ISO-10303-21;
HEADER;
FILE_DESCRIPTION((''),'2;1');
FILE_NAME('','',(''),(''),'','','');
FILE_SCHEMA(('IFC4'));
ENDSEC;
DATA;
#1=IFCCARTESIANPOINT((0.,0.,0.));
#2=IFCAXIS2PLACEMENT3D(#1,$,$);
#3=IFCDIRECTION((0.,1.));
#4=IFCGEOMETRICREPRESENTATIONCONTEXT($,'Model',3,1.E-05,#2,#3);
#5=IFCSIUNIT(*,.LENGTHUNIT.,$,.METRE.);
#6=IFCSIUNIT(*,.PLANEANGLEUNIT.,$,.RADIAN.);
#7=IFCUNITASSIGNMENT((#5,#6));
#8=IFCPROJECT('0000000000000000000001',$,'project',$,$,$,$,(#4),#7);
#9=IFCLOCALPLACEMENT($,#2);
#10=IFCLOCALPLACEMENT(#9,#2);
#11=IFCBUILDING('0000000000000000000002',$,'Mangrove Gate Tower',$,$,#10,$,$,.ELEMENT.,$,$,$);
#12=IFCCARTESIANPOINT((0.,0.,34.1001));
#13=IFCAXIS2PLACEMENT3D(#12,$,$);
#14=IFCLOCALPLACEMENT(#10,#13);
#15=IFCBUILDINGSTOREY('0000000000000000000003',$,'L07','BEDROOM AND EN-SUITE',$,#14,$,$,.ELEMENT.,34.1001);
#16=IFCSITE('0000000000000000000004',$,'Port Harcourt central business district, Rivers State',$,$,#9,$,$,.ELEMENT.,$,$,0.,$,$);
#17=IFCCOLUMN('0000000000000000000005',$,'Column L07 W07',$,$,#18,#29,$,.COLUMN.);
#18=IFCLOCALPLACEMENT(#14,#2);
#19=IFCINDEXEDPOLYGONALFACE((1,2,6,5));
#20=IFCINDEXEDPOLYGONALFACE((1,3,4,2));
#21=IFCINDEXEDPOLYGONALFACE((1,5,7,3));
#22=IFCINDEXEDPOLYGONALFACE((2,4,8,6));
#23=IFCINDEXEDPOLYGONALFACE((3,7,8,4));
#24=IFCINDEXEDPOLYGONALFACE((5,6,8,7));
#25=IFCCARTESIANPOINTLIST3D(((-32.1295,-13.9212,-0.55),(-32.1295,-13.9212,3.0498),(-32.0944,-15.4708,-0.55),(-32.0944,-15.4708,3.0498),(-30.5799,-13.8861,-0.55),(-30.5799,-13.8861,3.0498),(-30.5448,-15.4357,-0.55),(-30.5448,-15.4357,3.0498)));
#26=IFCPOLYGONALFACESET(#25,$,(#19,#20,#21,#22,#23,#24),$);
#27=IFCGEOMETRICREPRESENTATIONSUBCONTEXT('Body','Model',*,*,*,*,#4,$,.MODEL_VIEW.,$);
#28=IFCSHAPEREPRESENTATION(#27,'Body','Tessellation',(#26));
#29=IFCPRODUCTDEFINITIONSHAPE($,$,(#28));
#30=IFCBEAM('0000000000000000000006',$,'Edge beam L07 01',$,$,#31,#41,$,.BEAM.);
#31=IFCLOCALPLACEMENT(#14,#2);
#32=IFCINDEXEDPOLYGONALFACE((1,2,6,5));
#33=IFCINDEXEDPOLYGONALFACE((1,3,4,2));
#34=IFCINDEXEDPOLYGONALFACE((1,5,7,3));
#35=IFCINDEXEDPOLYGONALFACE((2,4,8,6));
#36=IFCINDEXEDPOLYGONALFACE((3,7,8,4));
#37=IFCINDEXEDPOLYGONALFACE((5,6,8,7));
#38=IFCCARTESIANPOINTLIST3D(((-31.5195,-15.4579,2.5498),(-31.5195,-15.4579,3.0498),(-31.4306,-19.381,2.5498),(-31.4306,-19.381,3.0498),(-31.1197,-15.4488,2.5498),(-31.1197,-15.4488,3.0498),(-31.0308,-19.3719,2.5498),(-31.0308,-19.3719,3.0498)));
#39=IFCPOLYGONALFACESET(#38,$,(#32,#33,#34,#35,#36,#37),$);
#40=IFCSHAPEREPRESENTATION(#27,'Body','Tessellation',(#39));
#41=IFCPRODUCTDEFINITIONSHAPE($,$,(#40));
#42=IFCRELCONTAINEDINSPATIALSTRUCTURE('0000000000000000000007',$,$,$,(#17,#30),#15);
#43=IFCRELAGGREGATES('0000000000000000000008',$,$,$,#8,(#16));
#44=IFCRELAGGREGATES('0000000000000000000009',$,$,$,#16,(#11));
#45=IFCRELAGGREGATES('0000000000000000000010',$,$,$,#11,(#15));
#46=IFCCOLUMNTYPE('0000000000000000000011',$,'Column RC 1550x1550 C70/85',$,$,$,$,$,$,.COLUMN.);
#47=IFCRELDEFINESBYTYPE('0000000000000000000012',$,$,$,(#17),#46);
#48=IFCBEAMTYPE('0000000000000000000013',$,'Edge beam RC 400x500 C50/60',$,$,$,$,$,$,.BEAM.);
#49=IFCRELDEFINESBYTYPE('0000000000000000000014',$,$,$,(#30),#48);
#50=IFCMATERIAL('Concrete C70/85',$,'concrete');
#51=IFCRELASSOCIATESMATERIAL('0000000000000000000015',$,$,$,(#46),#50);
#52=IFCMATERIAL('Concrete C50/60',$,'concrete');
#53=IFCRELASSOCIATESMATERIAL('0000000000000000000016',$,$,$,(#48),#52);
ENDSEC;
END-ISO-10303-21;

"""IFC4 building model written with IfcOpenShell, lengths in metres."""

from ifc_helpers import new_model, si_unit, direction, frame, origin, origin_2d, place, context, subcontext, project, spatial, rectangle, extrude, material, material_profile, profile_set, type_object, element, save


model = new_model("IFC4")

# Units and contexts
model_context = context("Model", 3, precision=1e-05, world=origin(), true_north=direction((0.0, 1.0)))
body_context = subcontext(model_context, "Body", "Model", "MODEL_VIEW")
ifc_project = project(units=[si_unit("LENGTHUNIT", "METRE"), si_unit("PLANEANGLEUNIT", "RADIAN")], contexts=[model_context])

# Site, building, storey
site_placement = place(None, origin())
site = spatial("IfcSite", under=ifc_project, at=site_placement, Name="Port Harcourt central business district, Rivers State", CompositionType="ELEMENT", RefElevation=0.0)
building_placement = place(site_placement, origin())
building = spatial("IfcBuilding", under=site, at=building_placement, Name="Mangrove Gate Tower", CompositionType="ELEMENT")
storey_placement = place(building_placement, frame((0.0, 0.0, 34.1001)))
storey = spatial("IfcBuildingStorey", under=building, at=storey_placement, Name="L07", Description="BEDROOM AND EN-SUITE", CompositionType="ELEMENT", Elevation=34.1001)

# Column
ifc_material_1 = material(Name="Concrete C70/85", Category="concrete")
ifc_material_profile_1 = material_profile(ifc_material_1, rectangle(XDim=1.55, YDim=1.55, at=origin_2d()))
ifc_profile_set_1 = profile_set([ifc_material_profile_1], Name="Concrete C70/85")
column_type = type_object("IfcColumnType", Name="Column RC 1550x1550 C70/85", PredefinedType="COLUMN", material=ifc_profile_set_1)
column_placement = place(storey_placement, frame((-31.3372, -14.6785, -0.55), z_axis=(0.0, 0.0, 1.0), x_axis=(0.022649, -0.999743, 0.0)))
element("IfcColumn", 1, at=column_placement, inside=storey, type_object=column_type, Name="Column L07 W07", PredefinedType="COLUMN", context=body_context, shape_type="SweptSolid", body=[
    extrude(rectangle(XDim=1.55, YDim=1.55, at=origin_2d()), origin(), (0.0, 0.0, 1.0), 3.5999),
])

# Beam
ifc_material_2 = material(Name="Concrete C50/60", Category="concrete")
ifc_material_profile_2 = material_profile(ifc_material_2, rectangle(XDim=0.3999, YDim=0.5, at=origin_2d()))
ifc_profile_set_2 = profile_set([ifc_material_profile_2], Name="Concrete C50/60")
beam_type = type_object("IfcBeamType", Name="Edge beam RC 400x500 C50/60", PredefinedType="BEAM", material=ifc_profile_set_2)
beam_placement = place(storey_placement, frame((-31.3196, -15.4534, 2.7998), z_axis=(0.022647, -0.999744, 0.0), x_axis=(0.999744, 0.022647, 0.0)))
element("IfcBeam", 2, at=beam_placement, inside=storey, type_object=beam_type, Name="Edge beam L07 01", PredefinedType="BEAM", context=body_context, shape_type="SweptSolid", body=[
    extrude(rectangle(XDim=0.3999, YDim=0.5, at=origin_2d()), origin(), (0.0, 0.0, 1.0), 3.9241),
])

save(model, "model.ifc")
